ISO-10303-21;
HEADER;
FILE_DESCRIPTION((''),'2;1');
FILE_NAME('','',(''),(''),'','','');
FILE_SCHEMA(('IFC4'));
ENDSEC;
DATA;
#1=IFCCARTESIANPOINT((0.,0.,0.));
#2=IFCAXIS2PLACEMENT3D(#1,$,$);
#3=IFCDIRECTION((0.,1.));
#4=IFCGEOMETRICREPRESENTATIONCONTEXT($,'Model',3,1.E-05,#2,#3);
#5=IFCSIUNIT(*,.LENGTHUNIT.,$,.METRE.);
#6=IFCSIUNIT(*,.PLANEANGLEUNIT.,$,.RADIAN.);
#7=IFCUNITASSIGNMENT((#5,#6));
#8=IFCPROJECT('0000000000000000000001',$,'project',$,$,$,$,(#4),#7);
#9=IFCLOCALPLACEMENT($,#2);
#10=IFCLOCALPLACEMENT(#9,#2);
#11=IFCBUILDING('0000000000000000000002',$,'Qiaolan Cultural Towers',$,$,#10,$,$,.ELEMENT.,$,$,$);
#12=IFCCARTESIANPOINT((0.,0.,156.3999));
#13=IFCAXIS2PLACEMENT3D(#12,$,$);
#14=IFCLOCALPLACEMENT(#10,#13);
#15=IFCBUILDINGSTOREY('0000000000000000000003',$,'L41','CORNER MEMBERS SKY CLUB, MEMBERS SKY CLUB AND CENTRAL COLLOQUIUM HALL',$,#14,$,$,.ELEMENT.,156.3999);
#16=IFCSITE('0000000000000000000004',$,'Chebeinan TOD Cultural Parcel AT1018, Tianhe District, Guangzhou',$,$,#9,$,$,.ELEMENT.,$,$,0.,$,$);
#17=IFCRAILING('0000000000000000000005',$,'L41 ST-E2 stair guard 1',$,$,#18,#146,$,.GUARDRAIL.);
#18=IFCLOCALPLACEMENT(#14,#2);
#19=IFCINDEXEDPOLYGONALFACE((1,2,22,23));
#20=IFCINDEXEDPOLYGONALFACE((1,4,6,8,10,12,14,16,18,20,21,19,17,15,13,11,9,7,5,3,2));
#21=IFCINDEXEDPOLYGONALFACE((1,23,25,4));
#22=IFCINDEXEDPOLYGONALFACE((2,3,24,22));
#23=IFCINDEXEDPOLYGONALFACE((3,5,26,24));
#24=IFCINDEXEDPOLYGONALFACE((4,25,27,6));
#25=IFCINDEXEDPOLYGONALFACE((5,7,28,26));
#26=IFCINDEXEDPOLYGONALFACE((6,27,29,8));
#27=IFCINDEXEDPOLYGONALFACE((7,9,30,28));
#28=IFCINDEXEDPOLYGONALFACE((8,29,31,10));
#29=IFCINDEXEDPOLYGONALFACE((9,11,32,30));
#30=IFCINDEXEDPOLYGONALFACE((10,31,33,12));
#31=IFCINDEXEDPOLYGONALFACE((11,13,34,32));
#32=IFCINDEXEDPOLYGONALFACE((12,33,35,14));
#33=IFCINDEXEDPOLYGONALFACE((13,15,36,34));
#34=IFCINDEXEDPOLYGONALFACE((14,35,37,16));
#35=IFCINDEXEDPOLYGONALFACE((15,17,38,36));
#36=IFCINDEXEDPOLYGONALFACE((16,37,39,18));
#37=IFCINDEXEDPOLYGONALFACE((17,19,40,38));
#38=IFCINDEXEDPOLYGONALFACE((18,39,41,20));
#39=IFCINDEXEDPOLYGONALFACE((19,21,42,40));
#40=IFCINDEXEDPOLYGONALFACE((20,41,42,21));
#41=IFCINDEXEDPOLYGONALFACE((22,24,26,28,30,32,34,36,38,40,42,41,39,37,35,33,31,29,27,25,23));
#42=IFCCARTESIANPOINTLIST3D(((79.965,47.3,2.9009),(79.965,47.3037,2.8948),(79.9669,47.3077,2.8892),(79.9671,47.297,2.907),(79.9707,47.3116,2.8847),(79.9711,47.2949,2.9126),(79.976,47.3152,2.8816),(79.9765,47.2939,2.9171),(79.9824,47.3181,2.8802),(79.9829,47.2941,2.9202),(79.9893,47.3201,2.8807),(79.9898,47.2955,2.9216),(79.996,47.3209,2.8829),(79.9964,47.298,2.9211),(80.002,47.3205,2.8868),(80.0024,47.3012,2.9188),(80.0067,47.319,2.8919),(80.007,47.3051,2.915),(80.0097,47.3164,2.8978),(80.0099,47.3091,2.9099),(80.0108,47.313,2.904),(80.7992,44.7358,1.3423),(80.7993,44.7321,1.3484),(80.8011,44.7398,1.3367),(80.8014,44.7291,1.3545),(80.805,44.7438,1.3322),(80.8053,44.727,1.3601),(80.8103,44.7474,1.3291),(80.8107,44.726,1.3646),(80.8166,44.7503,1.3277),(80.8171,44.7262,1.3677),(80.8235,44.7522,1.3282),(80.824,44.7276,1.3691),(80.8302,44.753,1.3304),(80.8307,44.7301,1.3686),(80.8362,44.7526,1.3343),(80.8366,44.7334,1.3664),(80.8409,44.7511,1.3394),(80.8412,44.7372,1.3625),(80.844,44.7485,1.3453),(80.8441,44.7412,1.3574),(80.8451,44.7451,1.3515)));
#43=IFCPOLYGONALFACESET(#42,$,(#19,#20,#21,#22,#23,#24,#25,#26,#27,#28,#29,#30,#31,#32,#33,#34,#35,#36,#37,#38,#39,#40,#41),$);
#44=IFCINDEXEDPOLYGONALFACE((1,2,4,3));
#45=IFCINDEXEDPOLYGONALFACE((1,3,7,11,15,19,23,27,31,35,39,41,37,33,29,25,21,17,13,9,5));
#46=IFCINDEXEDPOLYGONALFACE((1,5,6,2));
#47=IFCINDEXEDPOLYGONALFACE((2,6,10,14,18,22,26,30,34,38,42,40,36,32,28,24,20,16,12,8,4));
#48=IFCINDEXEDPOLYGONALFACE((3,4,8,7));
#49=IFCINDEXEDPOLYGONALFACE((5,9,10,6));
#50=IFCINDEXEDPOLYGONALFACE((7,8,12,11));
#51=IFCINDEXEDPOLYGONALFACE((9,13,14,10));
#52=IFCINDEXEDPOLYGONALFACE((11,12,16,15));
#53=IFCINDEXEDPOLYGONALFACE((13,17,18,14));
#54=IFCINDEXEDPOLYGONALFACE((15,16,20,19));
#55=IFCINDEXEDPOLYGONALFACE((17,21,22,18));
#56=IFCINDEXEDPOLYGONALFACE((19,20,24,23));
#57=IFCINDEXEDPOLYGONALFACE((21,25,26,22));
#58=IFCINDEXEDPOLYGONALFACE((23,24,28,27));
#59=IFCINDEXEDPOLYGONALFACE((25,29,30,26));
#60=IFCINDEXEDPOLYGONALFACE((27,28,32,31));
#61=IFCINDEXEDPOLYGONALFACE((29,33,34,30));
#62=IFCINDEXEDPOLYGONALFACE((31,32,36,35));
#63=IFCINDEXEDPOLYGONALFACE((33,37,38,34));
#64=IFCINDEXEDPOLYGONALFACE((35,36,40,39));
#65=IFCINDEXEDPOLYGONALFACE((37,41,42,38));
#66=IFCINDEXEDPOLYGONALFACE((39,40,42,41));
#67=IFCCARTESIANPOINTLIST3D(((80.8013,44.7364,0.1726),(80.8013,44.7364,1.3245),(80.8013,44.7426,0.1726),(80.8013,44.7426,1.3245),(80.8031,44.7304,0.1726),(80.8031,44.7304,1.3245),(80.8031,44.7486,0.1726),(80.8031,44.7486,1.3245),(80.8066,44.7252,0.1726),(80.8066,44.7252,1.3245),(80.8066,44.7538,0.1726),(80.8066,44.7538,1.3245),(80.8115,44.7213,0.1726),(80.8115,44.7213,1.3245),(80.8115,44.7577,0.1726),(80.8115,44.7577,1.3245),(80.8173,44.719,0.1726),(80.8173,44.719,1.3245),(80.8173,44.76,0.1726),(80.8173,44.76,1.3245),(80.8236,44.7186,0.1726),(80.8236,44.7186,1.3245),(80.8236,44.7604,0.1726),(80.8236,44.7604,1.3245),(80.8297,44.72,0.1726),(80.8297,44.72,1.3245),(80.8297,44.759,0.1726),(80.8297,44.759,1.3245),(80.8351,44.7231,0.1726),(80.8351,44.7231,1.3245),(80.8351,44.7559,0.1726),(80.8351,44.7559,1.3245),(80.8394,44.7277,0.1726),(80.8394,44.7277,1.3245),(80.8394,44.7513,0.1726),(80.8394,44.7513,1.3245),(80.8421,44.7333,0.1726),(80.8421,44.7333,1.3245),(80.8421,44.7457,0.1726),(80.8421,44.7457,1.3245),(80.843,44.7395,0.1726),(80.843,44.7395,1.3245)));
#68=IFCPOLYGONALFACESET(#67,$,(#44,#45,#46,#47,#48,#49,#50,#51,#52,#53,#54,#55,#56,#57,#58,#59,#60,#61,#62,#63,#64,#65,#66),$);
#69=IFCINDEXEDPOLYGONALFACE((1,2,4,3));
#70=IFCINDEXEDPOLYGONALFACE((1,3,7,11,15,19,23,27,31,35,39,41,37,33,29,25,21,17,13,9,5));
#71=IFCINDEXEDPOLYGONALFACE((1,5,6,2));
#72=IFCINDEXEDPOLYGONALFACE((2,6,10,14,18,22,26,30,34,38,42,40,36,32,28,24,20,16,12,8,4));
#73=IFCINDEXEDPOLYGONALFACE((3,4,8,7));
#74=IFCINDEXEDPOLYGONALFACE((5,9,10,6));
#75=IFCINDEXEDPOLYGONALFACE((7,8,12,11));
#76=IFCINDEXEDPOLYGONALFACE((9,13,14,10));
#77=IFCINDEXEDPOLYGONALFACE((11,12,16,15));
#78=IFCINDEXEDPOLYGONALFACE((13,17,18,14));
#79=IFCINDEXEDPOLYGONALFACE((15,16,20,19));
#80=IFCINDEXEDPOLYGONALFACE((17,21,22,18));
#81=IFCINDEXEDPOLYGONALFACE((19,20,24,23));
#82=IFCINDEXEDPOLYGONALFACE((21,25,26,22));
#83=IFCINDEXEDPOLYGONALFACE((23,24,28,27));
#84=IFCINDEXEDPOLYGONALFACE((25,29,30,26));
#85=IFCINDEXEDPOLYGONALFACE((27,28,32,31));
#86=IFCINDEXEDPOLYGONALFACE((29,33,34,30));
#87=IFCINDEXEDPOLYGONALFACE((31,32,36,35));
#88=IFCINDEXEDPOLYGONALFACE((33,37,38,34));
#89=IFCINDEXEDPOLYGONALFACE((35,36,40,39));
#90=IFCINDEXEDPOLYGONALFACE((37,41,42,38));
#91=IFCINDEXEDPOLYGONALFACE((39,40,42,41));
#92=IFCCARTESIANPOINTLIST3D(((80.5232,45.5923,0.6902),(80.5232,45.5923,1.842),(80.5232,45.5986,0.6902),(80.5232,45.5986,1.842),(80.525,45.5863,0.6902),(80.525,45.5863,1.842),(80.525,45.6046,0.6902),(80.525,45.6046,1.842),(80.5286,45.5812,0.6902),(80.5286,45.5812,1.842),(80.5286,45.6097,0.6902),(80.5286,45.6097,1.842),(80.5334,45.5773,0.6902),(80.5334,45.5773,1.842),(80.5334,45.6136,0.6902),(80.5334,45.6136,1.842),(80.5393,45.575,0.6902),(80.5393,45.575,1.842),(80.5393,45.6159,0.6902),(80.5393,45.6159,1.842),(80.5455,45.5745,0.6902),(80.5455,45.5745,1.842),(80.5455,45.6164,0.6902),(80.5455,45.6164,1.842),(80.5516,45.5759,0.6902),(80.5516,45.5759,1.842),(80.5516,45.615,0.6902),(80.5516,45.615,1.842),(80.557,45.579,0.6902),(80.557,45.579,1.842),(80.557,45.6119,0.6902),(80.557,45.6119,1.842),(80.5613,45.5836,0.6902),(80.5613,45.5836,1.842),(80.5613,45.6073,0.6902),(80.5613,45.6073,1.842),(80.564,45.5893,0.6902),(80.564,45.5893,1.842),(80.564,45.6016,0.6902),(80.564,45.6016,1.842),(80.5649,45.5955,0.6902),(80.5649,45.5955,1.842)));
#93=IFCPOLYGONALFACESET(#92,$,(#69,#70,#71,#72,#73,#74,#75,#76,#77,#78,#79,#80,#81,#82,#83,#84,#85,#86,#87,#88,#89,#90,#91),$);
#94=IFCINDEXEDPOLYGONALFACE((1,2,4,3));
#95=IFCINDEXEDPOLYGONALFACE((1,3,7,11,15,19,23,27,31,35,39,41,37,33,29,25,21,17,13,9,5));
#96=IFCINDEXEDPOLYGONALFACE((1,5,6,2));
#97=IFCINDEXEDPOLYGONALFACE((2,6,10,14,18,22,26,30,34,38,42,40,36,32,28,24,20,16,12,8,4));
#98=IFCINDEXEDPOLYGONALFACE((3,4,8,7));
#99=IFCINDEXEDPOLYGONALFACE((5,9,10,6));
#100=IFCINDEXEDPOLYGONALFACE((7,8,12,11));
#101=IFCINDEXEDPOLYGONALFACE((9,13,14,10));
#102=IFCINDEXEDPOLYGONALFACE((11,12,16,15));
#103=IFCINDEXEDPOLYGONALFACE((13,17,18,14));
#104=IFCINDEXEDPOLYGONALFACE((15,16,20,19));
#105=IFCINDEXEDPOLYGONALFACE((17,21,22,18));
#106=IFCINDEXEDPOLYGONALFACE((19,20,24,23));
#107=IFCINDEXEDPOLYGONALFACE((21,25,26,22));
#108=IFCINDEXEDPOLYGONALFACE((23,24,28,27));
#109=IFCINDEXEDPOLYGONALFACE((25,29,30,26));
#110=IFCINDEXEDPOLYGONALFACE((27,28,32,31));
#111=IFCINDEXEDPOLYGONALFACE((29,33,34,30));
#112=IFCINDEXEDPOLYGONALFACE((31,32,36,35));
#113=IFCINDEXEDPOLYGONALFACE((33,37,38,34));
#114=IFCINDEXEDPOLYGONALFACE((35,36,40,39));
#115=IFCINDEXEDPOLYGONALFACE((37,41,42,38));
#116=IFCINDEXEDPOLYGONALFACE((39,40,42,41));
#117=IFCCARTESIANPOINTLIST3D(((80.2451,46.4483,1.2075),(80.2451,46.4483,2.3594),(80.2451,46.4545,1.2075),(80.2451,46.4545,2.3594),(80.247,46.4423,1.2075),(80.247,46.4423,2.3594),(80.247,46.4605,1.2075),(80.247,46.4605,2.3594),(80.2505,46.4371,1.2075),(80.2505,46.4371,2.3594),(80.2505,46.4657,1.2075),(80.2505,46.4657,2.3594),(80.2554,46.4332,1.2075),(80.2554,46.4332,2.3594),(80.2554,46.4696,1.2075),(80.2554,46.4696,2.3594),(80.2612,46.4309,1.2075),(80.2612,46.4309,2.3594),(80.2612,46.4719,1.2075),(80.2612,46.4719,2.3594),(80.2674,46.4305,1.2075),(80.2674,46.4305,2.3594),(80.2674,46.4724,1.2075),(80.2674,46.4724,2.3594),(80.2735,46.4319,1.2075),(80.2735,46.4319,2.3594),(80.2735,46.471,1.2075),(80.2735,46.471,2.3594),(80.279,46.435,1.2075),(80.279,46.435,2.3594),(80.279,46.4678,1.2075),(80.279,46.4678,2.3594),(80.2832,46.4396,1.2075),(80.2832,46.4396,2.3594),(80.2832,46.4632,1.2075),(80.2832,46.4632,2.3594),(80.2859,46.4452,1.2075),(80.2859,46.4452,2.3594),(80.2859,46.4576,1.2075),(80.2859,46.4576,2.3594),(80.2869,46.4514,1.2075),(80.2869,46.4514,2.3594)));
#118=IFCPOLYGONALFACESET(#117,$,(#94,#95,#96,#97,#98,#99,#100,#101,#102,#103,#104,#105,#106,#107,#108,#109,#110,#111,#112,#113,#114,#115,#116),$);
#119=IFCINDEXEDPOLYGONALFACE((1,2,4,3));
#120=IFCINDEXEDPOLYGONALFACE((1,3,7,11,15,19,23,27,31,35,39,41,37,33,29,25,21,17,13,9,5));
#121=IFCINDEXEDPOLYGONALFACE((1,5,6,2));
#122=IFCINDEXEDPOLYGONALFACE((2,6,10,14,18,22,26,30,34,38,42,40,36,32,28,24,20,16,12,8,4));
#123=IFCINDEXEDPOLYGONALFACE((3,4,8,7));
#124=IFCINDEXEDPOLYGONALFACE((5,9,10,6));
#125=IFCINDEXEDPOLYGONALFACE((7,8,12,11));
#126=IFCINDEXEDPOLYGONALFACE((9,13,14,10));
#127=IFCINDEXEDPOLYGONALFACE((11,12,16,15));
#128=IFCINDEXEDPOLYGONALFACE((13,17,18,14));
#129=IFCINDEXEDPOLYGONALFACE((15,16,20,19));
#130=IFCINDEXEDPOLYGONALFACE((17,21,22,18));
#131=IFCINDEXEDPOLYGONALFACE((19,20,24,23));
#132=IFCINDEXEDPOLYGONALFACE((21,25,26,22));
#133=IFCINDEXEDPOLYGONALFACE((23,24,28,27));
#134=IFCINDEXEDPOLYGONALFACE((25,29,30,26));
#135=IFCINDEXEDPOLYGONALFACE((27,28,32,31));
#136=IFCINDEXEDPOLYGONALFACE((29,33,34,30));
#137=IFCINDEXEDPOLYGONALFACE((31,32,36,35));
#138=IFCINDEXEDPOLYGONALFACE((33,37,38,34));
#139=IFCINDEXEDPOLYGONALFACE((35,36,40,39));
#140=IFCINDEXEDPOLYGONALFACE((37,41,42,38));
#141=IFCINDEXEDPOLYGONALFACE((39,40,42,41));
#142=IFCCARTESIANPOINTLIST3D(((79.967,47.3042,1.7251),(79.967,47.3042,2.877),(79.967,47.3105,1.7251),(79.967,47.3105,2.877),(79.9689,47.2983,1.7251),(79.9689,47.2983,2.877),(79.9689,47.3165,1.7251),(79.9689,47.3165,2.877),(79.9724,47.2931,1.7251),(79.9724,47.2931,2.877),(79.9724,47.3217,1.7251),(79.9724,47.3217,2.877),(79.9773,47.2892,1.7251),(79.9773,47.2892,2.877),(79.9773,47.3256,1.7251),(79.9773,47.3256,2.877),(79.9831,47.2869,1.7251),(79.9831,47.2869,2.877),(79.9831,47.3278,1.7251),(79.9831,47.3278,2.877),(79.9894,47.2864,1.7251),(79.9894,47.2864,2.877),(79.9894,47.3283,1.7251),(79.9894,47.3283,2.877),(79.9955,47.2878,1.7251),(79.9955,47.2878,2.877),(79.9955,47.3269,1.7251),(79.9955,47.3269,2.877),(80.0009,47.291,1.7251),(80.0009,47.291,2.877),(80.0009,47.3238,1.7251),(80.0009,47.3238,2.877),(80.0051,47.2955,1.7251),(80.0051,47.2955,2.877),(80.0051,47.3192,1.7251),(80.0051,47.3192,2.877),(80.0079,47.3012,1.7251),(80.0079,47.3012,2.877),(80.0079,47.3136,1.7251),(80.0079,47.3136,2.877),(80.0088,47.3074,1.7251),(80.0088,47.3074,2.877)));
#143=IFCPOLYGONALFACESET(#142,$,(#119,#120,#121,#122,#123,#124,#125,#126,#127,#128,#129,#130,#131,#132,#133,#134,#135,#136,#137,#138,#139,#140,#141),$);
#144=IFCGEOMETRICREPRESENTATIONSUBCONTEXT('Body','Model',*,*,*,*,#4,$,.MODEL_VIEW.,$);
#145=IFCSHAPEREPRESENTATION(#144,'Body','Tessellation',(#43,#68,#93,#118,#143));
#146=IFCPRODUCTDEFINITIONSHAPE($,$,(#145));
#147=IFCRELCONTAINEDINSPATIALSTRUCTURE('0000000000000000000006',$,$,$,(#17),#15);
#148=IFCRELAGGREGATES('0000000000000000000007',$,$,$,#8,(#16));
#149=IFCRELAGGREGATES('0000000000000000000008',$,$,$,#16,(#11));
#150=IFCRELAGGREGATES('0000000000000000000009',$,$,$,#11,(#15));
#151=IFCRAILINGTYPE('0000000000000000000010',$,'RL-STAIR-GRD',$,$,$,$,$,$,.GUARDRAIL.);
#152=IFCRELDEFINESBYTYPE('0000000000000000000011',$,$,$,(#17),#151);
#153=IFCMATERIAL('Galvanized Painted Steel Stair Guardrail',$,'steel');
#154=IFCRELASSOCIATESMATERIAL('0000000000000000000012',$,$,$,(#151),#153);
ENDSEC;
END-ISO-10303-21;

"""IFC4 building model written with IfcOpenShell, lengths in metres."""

from ifc_helpers import new_model, si_unit, direction, frame, origin, origin_2d, place, context, subcontext, project, spatial, circle, extrude, material, type_object, element, save


model = new_model("IFC4")

# Units and contexts
model_context = context("Model", 3, precision=1e-05, world=origin(), true_north=direction((0.0, 1.0)))
body_context = subcontext(model_context, "Body", "Model", "MODEL_VIEW")
ifc_project = project(units=[si_unit("LENGTHUNIT", "METRE"), si_unit("PLANEANGLEUNIT", "RADIAN")], contexts=[model_context])

# Site, building, storey
site_placement = place(None, origin())
site = spatial("IfcSite", under=ifc_project, at=site_placement, Name="Chebeinan TOD Cultural Parcel AT1018, Tianhe District, Guangzhou", CompositionType="ELEMENT", RefElevation=0.0)
building_placement = place(site_placement, origin())
building = spatial("IfcBuilding", under=site, at=building_placement, Name="Qiaolan Cultural Towers", CompositionType="ELEMENT")
storey_placement = place(building_placement, frame((0.0, 0.0, 156.3999)))
storey = spatial("IfcBuildingStorey", under=building, at=storey_placement, Name="L41", Description="CORNER MEMBERS SKY CLUB, MEMBERS SKY CLUB AND CENTRAL COLLOQUIUM HALL", CompositionType="ELEMENT", Elevation=156.3999)

# Railing
ifc_material_1 = material(Name="Galvanized Painted Steel Stair Guardrail", Category="steel")
railing_type_1 = type_object("IfcRailingType", Name="RL-STAIR-GRD", PredefinedType="GUARDRAIL", material=ifc_material_1)
railing_1_placement = place(storey_placement, frame((80.822, 44.7395, 0.1726)))
element("IfcRailing", 1, at=railing_1_placement, inside=storey, type_object=railing_type_1, Name="L41 ST-E2 stair guard 1", PredefinedType="GUARDRAIL", context=body_context, shape_type="SweptSolid", body=[
    extrude(circle(Radius=0.0239, at=origin_2d()), frame((0.0, 0.0, 1.1758), z_axis=(-0.267853, 0.824488, 0.498471), x_axis=(-0.95107, -0.308976, 0.0)), (0.0, 0.0, 1.0), 3.1145),
    extrude(circle(Radius=0.021, at=origin_2d()), origin(), (0.0, 0.0, 1.0), 1.1519),
    extrude(circle(Radius=0.021, at=origin_2d()), frame((-0.2781, 0.856, 0.5176)), (0.0, 0.0, 1.0), 1.1519),
    extrude(circle(Radius=0.021, at=origin_2d()), frame((-0.5562, 1.7119, 1.0349)), (0.0, 0.0, 1.0), 1.1519),
    extrude(circle(Radius=0.021, at=origin_2d()), frame((-0.8342, 2.5679, 1.5525)), (0.0, 0.0, 1.0), 1.1519),
])

save(model, "model.ifc")
